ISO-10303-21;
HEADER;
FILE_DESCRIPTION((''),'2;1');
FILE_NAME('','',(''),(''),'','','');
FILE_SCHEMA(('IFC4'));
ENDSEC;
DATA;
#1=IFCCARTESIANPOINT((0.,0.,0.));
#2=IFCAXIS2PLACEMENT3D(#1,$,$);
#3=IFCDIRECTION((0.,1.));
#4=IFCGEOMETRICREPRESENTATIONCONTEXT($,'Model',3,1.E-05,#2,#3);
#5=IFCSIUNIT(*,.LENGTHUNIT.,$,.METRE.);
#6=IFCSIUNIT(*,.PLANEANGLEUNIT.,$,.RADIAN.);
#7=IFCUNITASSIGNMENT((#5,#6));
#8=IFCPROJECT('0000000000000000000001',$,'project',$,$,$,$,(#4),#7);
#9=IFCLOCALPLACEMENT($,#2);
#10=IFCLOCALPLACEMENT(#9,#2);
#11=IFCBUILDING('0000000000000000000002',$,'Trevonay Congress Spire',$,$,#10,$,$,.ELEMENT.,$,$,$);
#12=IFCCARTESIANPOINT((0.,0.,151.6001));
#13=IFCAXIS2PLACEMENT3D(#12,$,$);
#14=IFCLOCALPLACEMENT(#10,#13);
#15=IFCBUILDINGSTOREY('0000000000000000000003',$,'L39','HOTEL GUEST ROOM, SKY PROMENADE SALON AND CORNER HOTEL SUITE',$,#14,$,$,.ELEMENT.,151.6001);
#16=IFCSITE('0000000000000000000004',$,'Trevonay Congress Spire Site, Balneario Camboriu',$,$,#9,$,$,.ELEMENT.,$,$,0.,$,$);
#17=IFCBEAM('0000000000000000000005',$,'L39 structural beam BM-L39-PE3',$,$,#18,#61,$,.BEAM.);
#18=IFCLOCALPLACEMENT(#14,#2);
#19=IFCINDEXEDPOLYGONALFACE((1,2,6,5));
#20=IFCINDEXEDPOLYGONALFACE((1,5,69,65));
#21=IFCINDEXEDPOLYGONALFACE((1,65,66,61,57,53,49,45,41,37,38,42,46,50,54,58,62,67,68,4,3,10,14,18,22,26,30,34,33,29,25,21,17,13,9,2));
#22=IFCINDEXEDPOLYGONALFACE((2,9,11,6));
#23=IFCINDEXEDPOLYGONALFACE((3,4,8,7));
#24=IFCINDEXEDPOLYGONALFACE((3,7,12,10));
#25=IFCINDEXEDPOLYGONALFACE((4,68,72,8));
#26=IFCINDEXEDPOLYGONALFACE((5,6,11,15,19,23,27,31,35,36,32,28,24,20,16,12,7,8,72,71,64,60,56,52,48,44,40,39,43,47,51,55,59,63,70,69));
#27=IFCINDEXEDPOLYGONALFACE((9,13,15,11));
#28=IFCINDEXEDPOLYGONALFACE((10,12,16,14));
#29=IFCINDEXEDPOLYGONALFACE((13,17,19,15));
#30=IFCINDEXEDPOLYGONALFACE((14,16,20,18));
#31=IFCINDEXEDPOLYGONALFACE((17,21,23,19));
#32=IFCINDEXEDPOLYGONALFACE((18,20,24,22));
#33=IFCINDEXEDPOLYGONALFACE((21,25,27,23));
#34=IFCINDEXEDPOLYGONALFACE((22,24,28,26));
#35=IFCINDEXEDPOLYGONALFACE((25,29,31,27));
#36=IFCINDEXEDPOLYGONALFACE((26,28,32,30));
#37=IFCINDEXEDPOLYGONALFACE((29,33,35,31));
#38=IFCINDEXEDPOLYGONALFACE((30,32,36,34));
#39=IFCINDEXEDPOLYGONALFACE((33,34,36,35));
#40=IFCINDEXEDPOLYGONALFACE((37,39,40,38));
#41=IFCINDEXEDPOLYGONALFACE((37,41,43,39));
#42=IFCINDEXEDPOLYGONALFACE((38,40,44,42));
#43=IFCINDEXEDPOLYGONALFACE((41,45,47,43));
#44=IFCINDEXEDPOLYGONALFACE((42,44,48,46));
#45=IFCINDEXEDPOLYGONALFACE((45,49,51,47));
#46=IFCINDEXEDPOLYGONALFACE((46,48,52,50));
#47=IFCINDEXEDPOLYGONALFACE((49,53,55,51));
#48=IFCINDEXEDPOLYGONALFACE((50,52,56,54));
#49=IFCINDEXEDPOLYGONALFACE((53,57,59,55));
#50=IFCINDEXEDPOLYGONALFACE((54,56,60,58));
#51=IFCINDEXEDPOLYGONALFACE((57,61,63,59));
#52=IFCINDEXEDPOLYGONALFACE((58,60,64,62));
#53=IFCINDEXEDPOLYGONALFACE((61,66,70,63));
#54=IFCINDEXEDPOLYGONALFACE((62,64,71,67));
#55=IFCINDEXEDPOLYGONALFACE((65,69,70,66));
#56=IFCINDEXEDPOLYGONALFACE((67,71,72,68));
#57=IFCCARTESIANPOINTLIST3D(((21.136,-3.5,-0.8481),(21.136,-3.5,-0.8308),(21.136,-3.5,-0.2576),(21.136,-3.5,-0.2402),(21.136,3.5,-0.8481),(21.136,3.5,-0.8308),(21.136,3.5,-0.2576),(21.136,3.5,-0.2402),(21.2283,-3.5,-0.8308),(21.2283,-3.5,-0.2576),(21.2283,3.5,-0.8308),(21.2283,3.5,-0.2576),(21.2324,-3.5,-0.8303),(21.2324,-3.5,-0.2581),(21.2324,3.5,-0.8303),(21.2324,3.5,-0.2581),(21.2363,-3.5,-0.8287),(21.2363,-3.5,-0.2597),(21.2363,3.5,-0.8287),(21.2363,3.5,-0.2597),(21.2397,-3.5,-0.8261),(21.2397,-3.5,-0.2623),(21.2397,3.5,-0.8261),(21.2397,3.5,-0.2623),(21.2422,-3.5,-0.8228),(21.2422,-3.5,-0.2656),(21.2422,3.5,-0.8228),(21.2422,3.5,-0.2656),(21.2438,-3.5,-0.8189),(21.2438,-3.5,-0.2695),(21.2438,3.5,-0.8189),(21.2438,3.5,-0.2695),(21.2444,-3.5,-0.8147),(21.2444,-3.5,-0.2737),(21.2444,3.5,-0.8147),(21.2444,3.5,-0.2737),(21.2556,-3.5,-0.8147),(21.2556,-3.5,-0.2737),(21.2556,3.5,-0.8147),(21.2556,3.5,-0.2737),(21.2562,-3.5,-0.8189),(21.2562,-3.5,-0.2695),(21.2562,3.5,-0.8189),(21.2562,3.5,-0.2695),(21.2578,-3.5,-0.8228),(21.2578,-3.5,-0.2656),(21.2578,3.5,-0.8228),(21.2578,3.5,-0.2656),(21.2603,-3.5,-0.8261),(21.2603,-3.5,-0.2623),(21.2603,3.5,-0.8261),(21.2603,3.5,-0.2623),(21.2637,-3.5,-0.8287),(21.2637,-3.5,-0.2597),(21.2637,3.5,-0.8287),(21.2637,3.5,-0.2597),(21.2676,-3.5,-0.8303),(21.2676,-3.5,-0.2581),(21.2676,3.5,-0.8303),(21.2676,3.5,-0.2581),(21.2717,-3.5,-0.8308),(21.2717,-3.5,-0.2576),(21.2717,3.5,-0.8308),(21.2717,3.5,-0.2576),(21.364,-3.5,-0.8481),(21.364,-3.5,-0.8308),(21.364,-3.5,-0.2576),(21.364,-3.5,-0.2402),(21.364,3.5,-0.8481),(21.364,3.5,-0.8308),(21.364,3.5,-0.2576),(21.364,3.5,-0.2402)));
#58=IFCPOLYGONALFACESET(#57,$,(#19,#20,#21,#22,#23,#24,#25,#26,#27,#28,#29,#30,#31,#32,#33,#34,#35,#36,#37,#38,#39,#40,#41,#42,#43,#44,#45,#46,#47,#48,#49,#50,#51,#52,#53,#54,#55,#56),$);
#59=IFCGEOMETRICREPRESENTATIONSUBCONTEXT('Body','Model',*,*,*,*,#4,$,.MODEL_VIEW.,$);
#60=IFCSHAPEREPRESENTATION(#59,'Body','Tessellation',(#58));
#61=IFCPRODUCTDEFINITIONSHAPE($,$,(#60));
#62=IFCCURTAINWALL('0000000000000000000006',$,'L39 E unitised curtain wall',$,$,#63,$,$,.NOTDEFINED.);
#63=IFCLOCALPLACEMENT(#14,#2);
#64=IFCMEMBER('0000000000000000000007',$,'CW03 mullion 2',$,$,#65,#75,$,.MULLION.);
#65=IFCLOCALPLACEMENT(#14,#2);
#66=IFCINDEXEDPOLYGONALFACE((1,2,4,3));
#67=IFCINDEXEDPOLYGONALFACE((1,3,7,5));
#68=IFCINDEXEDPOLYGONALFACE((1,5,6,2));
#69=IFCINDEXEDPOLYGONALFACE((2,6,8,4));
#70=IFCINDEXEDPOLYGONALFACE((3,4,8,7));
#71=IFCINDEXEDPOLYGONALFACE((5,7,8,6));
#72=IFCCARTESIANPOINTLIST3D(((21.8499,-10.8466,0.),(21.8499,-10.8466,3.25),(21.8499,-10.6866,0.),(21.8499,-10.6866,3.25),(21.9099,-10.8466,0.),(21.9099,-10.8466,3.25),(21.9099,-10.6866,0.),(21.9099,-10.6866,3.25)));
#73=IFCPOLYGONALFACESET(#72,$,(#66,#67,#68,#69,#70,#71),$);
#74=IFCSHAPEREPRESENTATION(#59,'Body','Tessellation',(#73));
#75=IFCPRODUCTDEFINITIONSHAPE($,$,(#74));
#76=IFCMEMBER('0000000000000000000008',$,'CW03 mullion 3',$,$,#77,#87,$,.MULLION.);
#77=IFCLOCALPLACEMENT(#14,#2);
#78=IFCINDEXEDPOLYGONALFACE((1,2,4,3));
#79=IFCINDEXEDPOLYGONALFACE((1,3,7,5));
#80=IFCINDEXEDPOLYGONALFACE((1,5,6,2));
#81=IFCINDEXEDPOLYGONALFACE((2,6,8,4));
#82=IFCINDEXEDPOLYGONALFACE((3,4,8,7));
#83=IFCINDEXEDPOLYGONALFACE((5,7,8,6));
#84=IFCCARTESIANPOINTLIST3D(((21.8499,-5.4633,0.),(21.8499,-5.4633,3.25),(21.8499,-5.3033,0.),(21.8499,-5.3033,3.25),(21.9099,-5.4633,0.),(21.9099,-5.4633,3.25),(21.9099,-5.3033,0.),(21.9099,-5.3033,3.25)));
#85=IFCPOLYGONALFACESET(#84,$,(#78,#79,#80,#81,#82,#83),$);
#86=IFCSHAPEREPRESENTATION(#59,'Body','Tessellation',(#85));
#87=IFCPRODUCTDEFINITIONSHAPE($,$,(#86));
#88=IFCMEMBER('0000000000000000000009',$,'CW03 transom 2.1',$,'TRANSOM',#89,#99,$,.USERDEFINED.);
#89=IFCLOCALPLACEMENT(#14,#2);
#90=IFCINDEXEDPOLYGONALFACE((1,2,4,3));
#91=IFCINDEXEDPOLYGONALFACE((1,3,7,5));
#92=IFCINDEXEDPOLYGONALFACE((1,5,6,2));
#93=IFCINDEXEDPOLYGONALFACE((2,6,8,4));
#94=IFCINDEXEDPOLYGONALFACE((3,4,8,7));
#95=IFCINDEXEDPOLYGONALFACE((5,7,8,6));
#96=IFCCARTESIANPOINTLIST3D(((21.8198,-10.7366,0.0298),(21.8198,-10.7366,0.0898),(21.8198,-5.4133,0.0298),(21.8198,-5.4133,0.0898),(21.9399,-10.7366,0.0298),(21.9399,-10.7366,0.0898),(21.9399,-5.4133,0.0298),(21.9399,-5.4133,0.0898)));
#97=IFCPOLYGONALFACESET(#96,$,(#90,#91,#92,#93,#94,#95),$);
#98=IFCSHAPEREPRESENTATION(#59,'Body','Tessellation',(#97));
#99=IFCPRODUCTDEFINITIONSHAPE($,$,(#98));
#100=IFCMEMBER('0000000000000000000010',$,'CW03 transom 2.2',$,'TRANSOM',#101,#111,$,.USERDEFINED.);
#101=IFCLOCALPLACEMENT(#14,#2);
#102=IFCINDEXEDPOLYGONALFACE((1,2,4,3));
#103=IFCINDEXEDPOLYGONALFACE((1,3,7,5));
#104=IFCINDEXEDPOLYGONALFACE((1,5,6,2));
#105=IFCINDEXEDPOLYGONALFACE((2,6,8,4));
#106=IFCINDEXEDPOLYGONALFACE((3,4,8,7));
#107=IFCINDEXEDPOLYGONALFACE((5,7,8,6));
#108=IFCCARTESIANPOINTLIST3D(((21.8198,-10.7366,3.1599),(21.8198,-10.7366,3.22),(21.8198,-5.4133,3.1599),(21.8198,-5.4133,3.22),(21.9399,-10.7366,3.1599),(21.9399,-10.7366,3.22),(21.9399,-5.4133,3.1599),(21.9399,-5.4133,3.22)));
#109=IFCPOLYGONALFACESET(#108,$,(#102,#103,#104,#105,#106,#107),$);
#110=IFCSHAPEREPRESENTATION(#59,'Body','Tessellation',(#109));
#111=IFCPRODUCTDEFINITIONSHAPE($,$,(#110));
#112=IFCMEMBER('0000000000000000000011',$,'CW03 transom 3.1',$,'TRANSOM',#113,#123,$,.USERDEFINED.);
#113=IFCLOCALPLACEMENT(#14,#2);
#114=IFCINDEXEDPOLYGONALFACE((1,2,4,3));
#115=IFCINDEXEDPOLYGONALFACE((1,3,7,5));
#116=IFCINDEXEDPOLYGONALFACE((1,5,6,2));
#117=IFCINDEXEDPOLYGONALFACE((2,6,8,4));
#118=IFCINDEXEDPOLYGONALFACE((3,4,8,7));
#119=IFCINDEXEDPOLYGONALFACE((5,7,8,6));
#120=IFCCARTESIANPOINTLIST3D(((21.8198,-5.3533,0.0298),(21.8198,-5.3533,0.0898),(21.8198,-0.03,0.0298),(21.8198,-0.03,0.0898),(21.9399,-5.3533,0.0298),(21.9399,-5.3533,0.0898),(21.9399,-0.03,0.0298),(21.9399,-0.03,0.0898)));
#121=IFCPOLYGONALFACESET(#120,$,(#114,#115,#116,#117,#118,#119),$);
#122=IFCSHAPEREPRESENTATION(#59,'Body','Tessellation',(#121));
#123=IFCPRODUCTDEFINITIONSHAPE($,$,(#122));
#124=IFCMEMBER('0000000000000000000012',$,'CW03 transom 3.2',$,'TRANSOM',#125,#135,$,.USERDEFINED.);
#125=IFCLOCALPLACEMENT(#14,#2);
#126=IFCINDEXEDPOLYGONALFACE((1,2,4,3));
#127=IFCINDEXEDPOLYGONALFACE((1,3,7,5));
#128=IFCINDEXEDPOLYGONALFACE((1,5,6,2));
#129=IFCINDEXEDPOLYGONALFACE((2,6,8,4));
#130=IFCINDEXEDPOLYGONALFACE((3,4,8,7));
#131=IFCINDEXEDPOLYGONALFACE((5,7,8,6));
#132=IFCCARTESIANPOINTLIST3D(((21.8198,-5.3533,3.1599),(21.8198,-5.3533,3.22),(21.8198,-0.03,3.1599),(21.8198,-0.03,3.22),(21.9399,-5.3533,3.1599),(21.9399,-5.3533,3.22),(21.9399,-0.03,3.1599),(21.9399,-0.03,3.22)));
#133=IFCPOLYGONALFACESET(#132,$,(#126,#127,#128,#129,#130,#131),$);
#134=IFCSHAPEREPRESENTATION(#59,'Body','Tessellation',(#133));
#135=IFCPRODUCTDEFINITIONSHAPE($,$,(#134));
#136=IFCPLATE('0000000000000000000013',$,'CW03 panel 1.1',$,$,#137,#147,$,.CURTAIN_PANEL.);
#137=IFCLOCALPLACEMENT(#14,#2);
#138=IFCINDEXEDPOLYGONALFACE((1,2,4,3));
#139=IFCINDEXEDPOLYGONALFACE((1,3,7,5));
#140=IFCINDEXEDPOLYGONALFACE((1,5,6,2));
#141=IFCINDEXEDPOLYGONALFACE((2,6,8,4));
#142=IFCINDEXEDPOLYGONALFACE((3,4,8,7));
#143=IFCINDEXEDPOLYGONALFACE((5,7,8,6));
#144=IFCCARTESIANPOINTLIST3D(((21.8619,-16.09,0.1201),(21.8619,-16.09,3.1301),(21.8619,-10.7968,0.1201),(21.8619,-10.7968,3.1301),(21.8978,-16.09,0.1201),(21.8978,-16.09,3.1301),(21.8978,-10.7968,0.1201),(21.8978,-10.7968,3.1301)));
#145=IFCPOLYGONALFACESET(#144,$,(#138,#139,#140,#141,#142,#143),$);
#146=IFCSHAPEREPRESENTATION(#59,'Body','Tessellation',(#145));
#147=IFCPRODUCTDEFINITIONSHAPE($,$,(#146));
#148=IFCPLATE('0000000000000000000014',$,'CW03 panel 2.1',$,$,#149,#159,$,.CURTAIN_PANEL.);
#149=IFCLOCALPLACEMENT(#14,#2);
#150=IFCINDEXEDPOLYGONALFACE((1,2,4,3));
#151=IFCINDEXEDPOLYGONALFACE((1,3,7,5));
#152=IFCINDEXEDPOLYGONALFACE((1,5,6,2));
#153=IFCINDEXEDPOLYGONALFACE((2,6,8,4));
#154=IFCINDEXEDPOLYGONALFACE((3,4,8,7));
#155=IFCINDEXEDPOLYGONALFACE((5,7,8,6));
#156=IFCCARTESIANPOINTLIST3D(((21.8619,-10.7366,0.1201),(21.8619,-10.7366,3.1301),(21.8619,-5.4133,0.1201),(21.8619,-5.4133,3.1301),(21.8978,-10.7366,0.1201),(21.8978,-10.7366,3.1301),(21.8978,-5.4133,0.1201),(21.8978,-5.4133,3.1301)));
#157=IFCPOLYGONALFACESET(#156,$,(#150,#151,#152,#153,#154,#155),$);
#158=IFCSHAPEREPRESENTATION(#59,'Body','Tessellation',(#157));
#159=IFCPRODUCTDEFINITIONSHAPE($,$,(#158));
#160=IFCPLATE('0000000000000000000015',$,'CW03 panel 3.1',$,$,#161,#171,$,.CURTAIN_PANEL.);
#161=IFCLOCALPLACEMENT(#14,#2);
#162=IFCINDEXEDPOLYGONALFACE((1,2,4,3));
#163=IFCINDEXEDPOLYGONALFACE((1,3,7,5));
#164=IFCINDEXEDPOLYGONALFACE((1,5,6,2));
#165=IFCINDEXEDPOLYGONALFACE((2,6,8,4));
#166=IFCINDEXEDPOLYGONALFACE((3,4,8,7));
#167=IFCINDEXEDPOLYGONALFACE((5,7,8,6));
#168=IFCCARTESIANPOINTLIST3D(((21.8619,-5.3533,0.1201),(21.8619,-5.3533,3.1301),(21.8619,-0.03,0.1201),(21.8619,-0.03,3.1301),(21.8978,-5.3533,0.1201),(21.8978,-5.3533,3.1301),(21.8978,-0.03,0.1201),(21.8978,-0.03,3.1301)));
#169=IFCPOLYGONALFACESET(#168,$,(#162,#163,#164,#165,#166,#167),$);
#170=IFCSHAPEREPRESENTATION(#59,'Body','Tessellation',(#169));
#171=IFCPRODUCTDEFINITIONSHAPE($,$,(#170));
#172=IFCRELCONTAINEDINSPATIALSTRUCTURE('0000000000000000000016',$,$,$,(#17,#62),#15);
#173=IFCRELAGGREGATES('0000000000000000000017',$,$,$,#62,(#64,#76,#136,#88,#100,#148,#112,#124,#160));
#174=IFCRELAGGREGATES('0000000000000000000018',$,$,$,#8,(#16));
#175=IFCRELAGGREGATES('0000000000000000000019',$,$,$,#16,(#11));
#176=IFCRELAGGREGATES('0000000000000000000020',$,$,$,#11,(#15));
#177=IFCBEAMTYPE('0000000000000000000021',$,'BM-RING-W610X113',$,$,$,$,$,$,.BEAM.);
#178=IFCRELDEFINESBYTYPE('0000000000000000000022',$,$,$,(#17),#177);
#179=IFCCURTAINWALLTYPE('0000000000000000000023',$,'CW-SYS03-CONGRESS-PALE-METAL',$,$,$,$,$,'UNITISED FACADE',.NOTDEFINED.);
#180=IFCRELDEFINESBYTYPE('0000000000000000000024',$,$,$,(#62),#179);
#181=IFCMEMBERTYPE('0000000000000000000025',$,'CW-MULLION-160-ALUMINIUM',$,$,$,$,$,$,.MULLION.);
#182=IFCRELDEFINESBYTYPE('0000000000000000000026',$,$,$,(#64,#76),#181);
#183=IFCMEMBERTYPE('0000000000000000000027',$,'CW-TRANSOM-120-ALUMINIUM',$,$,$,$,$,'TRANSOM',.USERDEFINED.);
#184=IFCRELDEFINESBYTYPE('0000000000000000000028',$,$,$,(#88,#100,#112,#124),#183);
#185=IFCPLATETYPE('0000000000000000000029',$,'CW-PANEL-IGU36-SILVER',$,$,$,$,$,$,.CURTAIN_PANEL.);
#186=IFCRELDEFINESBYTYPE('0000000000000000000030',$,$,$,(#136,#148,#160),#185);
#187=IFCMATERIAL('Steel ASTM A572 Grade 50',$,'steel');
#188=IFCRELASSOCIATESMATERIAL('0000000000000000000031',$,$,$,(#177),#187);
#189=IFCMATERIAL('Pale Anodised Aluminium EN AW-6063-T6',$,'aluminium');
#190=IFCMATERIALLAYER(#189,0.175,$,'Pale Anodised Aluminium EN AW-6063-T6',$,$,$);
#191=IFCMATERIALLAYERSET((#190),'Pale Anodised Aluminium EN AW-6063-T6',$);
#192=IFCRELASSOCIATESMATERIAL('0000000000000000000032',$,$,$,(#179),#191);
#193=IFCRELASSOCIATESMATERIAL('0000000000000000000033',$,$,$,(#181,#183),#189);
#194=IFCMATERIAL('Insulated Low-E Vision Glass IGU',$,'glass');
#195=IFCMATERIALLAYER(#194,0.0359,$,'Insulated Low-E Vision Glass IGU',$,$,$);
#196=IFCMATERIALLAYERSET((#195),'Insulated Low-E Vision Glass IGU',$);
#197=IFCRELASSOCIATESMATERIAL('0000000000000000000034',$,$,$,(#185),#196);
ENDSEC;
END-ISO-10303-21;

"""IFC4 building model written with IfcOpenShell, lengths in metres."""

from ifc_helpers import new_model, si_unit, direction, frame, origin, origin_2d, place, context, subcontext, project, spatial, rectangle, i_section, extrude, material, layer, layer_set, material_profile, profile_set, type_object, element, aggregate, save


model = new_model("IFC4")

# Units and contexts
model_context = context("Model", 3, precision=1e-05, world=origin(), true_north=direction((0.0, 1.0)))
body_context = subcontext(model_context, "Body", "Model", "MODEL_VIEW")
ifc_project = project(units=[si_unit("LENGTHUNIT", "METRE"), si_unit("PLANEANGLEUNIT", "RADIAN")], contexts=[model_context])

# Site, building, storey
site_placement = place(None, origin())
site = spatial("IfcSite", under=ifc_project, at=site_placement, Name="Trevonay Congress Spire Site, Balneario Camboriu", CompositionType="ELEMENT", RefElevation=0.0)
building_placement = place(site_placement, origin())
building = spatial("IfcBuilding", under=site, at=building_placement, Name="Trevonay Congress Spire", CompositionType="ELEMENT")
storey_placement = place(building_placement, frame((0.0, 0.0, 151.6001)))
storey = spatial("IfcBuildingStorey", under=building, at=storey_placement, Name="L39", Description="HOTEL GUEST ROOM, SKY PROMENADE SALON AND CORNER HOTEL SUITE", CompositionType="ELEMENT", Elevation=151.6001)

# Shared definitions
ifc_material_1 = material(Name="Steel ASTM A572 Grade 50", Category="steel")

# Beam
ifc_material_profile_1 = material_profile(ifc_material_1, i_section(OverallWidth=0.228, OverallDepth=0.6079, WebThickness=0.0112, FlangeThickness=0.0173, FilletRadius=0.0161, at=origin_2d()), Name="W610x113")
ifc_profile_set_1 = profile_set([ifc_material_profile_1], Name="Steel ASTM A572 Grade 50")
beam_type_1 = type_object("IfcBeamType", Name="BM-RING-W610X113", PredefinedType="BEAM", material=ifc_profile_set_1)
beam_1_placement = place(storey_placement, frame((21.25, -3.5, -0.5442), z_axis=(0.0, 1.0, 0.0), x_axis=(-1.0, 0.0, 0.0)))
element("IfcBeam", 1, at=beam_1_placement, inside=storey, type_object=beam_type_1, Name="L39 structural beam BM-L39-PE3", PredefinedType="BEAM", context=body_context, shape_type="SweptSolid", body=[
    extrude(i_section(OverallWidth=0.228, OverallDepth=0.6079, WebThickness=0.0112, FlangeThickness=0.0173, FilletRadius=0.0161, at=origin_2d()), origin(), (0.0, 0.0, 1.0), 7.0),
])

# Curtain wall, members, plates
ifc_material_2 = material(Name="Pale Anodised Aluminium EN AW-6063-T6", Category="aluminium")
ifc_layer_1 = layer(ifc_material_2, 0.175, Name="Pale Anodised Aluminium EN AW-6063-T6")
ifc_layer_set_1 = layer_set([ifc_layer_1], Name="Pale Anodised Aluminium EN AW-6063-T6")
curtain_wall_type = type_object("IfcCurtainWallType", Name="CW-SYS03-CONGRESS-PALE-METAL", ElementType="UNITISED FACADE", PredefinedType="NOTDEFINED", material=ifc_layer_set_1)
curtain_wall_placement = place(storey_placement, origin())
curtain_wall = element("IfcCurtainWall", 2, at=curtain_wall_placement, inside=storey, type_object=curtain_wall_type, Name="L39 E unitised curtain wall", PredefinedType="NOTDEFINED")
ifc_material_profile_2 = material_profile(ifc_material_2, rectangle(XDim=0.0601, YDim=0.1599, at=origin_2d()), Name="CW-MULLION-160-ALUMINIUM")
ifc_profile_set_2 = profile_set([ifc_material_profile_2], Name="Pale Anodised Aluminium EN AW-6063-T6")
member_type_1 = type_object("IfcMemberType", Name="CW-MULLION-160-ALUMINIUM", PredefinedType="MULLION", material=ifc_profile_set_2)
member_1_placement = place(storey_placement, frame((21.8799, -10.7666, 0.0), z_axis=(0.0, 0.0, 1.0), x_axis=(-1.0, 0.0, 0.0)))
member_1 = element("IfcMember", 3, at=member_1_placement, type_object=member_type_1, Name="CW03 mullion 2", PredefinedType="MULLION", context=body_context, shape_type="SweptSolid", body=[
    extrude(rectangle(XDim=0.0601, YDim=0.1599, at=origin_2d()), origin(), (0.0, 0.0, 1.0), 3.25),
])
member_2_placement = place(storey_placement, frame((21.8799, -5.3833, 0.0), z_axis=(0.0, 0.0, 1.0), x_axis=(-1.0, 0.0, 0.0)))
member_2 = element("IfcMember", 4, at=member_2_placement, type_object=member_type_1, Name="CW03 mullion 3", PredefinedType="MULLION", context=body_context, shape_type="SweptSolid", body=[
    extrude(rectangle(XDim=0.0601, YDim=0.1599, at=origin_2d()), origin(), (0.0, 0.0, 1.0), 3.25),
])
ifc_material_profile_3 = material_profile(ifc_material_2, rectangle(XDim=0.1201, YDim=0.0601, at=origin_2d()), Name="CW-TRANSOM-120-ALUMINIUM")
ifc_profile_set_3 = profile_set([ifc_material_profile_3], Name="Pale Anodised Aluminium EN AW-6063-T6")
member_type_2 = type_object("IfcMemberType", Name="CW-TRANSOM-120-ALUMINIUM", ElementType="TRANSOM", PredefinedType="USERDEFINED", material=ifc_profile_set_3)
member_3_placement = place(storey_placement, frame((21.8799, -10.7366, 0.0598), z_axis=(0.0, 1.0, 0.0), x_axis=(-1.0, 0.0, 0.0)))
member_3 = element("IfcMember", 5, at=member_3_placement, type_object=member_type_2, Name="CW03 transom 2.1", ObjectType="TRANSOM", PredefinedType="USERDEFINED", context=body_context, shape_type="SweptSolid", body=[
    extrude(rectangle(XDim=0.1201, YDim=0.0601, at=origin_2d()), origin(), (0.0, 0.0, 1.0), 5.3232),
])
member_4_placement = place(storey_placement, frame((21.8799, -10.7366, 3.1899), z_axis=(0.0, 1.0, 0.0), x_axis=(-1.0, 0.0, 0.0)))
member_4 = element("IfcMember", 6, at=member_4_placement, type_object=member_type_2, Name="CW03 transom 2.2", ObjectType="TRANSOM", PredefinedType="USERDEFINED", context=body_context, shape_type="SweptSolid", body=[
    extrude(rectangle(XDim=0.1201, YDim=0.0601, at=origin_2d()), origin(), (0.0, 0.0, 1.0), 5.3232),
])
member_5_placement = place(storey_placement, frame((21.8799, -5.3533, 0.0598), z_axis=(0.0, 1.0, 0.0), x_axis=(-1.0, 0.0, 0.0)))
member_5 = element("IfcMember", 7, at=member_5_placement, type_object=member_type_2, Name="CW03 transom 3.1", ObjectType="TRANSOM", PredefinedType="USERDEFINED", context=body_context, shape_type="SweptSolid", body=[
    extrude(rectangle(XDim=0.1201, YDim=0.0601, at=origin_2d()), origin(), (0.0, 0.0, 1.0), 5.3232),
])
member_6_placement = place(storey_placement, frame((21.8799, -5.3533, 3.1899), z_axis=(0.0, 1.0, 0.0), x_axis=(-1.0, 0.0, 0.0)))
member_6 = element("IfcMember", 8, at=member_6_placement, type_object=member_type_2, Name="CW03 transom 3.2", ObjectType="TRANSOM", PredefinedType="USERDEFINED", context=body_context, shape_type="SweptSolid", body=[
    extrude(rectangle(XDim=0.1201, YDim=0.0601, at=origin_2d()), origin(), (0.0, 0.0, 1.0), 5.3232),
])
ifc_material_3 = material(Name="Insulated Low-E Vision Glass IGU", Category="glass")
ifc_layer_2 = layer(ifc_material_3, 0.0359, Name="Insulated Low-E Vision Glass IGU")
ifc_layer_set_2 = layer_set([ifc_layer_2], Name="Insulated Low-E Vision Glass IGU")
plate_type = type_object("IfcPlateType", Name="CW-PANEL-IGU36-SILVER", PredefinedType="CURTAIN_PANEL", material=ifc_layer_set_2)
plate_1_placement = place(storey_placement, frame((21.8799, -13.4434, 0.1201), z_axis=(0.0, 0.0, 1.0), x_axis=(0.0, 1.0, 0.0)))
plate_1 = element("IfcPlate", 9, at=plate_1_placement, type_object=plate_type, Name="CW03 panel 1.1", PredefinedType="CURTAIN_PANEL", context=body_context, shape_type="SweptSolid", body=[
    extrude(rectangle(XDim=5.2932, YDim=0.0359, at=origin_2d()), origin(), (0.0, 0.0, 1.0), 3.01),
])
plate_2_placement = place(storey_placement, frame((21.8799, -8.075, 0.1201), z_axis=(0.0, 0.0, 1.0), x_axis=(0.0, 1.0, 0.0)))
plate_2 = element("IfcPlate", 10, at=plate_2_placement, type_object=plate_type, Name="CW03 panel 2.1", PredefinedType="CURTAIN_PANEL", context=body_context, shape_type="SweptSolid", body=[
    extrude(rectangle(XDim=5.3232, YDim=0.0359, at=origin_2d()), origin(), (0.0, 0.0, 1.0), 3.01),
])
plate_3_placement = place(storey_placement, frame((21.8799, -2.6917, 0.1201), z_axis=(0.0, 0.0, 1.0), x_axis=(0.0, 1.0, 0.0)))
plate_3 = element("IfcPlate", 11, at=plate_3_placement, type_object=plate_type, Name="CW03 panel 3.1", PredefinedType="CURTAIN_PANEL", context=body_context, shape_type="SweptSolid", body=[
    extrude(rectangle(XDim=5.3232, YDim=0.0359, at=origin_2d()), origin(), (0.0, 0.0, 1.0), 3.01),
])
aggregate(curtain_wall, [member_1, member_2, plate_1, member_3, member_4, plate_2, member_5, member_6, plate_3])

save(model, "model.ifc")
